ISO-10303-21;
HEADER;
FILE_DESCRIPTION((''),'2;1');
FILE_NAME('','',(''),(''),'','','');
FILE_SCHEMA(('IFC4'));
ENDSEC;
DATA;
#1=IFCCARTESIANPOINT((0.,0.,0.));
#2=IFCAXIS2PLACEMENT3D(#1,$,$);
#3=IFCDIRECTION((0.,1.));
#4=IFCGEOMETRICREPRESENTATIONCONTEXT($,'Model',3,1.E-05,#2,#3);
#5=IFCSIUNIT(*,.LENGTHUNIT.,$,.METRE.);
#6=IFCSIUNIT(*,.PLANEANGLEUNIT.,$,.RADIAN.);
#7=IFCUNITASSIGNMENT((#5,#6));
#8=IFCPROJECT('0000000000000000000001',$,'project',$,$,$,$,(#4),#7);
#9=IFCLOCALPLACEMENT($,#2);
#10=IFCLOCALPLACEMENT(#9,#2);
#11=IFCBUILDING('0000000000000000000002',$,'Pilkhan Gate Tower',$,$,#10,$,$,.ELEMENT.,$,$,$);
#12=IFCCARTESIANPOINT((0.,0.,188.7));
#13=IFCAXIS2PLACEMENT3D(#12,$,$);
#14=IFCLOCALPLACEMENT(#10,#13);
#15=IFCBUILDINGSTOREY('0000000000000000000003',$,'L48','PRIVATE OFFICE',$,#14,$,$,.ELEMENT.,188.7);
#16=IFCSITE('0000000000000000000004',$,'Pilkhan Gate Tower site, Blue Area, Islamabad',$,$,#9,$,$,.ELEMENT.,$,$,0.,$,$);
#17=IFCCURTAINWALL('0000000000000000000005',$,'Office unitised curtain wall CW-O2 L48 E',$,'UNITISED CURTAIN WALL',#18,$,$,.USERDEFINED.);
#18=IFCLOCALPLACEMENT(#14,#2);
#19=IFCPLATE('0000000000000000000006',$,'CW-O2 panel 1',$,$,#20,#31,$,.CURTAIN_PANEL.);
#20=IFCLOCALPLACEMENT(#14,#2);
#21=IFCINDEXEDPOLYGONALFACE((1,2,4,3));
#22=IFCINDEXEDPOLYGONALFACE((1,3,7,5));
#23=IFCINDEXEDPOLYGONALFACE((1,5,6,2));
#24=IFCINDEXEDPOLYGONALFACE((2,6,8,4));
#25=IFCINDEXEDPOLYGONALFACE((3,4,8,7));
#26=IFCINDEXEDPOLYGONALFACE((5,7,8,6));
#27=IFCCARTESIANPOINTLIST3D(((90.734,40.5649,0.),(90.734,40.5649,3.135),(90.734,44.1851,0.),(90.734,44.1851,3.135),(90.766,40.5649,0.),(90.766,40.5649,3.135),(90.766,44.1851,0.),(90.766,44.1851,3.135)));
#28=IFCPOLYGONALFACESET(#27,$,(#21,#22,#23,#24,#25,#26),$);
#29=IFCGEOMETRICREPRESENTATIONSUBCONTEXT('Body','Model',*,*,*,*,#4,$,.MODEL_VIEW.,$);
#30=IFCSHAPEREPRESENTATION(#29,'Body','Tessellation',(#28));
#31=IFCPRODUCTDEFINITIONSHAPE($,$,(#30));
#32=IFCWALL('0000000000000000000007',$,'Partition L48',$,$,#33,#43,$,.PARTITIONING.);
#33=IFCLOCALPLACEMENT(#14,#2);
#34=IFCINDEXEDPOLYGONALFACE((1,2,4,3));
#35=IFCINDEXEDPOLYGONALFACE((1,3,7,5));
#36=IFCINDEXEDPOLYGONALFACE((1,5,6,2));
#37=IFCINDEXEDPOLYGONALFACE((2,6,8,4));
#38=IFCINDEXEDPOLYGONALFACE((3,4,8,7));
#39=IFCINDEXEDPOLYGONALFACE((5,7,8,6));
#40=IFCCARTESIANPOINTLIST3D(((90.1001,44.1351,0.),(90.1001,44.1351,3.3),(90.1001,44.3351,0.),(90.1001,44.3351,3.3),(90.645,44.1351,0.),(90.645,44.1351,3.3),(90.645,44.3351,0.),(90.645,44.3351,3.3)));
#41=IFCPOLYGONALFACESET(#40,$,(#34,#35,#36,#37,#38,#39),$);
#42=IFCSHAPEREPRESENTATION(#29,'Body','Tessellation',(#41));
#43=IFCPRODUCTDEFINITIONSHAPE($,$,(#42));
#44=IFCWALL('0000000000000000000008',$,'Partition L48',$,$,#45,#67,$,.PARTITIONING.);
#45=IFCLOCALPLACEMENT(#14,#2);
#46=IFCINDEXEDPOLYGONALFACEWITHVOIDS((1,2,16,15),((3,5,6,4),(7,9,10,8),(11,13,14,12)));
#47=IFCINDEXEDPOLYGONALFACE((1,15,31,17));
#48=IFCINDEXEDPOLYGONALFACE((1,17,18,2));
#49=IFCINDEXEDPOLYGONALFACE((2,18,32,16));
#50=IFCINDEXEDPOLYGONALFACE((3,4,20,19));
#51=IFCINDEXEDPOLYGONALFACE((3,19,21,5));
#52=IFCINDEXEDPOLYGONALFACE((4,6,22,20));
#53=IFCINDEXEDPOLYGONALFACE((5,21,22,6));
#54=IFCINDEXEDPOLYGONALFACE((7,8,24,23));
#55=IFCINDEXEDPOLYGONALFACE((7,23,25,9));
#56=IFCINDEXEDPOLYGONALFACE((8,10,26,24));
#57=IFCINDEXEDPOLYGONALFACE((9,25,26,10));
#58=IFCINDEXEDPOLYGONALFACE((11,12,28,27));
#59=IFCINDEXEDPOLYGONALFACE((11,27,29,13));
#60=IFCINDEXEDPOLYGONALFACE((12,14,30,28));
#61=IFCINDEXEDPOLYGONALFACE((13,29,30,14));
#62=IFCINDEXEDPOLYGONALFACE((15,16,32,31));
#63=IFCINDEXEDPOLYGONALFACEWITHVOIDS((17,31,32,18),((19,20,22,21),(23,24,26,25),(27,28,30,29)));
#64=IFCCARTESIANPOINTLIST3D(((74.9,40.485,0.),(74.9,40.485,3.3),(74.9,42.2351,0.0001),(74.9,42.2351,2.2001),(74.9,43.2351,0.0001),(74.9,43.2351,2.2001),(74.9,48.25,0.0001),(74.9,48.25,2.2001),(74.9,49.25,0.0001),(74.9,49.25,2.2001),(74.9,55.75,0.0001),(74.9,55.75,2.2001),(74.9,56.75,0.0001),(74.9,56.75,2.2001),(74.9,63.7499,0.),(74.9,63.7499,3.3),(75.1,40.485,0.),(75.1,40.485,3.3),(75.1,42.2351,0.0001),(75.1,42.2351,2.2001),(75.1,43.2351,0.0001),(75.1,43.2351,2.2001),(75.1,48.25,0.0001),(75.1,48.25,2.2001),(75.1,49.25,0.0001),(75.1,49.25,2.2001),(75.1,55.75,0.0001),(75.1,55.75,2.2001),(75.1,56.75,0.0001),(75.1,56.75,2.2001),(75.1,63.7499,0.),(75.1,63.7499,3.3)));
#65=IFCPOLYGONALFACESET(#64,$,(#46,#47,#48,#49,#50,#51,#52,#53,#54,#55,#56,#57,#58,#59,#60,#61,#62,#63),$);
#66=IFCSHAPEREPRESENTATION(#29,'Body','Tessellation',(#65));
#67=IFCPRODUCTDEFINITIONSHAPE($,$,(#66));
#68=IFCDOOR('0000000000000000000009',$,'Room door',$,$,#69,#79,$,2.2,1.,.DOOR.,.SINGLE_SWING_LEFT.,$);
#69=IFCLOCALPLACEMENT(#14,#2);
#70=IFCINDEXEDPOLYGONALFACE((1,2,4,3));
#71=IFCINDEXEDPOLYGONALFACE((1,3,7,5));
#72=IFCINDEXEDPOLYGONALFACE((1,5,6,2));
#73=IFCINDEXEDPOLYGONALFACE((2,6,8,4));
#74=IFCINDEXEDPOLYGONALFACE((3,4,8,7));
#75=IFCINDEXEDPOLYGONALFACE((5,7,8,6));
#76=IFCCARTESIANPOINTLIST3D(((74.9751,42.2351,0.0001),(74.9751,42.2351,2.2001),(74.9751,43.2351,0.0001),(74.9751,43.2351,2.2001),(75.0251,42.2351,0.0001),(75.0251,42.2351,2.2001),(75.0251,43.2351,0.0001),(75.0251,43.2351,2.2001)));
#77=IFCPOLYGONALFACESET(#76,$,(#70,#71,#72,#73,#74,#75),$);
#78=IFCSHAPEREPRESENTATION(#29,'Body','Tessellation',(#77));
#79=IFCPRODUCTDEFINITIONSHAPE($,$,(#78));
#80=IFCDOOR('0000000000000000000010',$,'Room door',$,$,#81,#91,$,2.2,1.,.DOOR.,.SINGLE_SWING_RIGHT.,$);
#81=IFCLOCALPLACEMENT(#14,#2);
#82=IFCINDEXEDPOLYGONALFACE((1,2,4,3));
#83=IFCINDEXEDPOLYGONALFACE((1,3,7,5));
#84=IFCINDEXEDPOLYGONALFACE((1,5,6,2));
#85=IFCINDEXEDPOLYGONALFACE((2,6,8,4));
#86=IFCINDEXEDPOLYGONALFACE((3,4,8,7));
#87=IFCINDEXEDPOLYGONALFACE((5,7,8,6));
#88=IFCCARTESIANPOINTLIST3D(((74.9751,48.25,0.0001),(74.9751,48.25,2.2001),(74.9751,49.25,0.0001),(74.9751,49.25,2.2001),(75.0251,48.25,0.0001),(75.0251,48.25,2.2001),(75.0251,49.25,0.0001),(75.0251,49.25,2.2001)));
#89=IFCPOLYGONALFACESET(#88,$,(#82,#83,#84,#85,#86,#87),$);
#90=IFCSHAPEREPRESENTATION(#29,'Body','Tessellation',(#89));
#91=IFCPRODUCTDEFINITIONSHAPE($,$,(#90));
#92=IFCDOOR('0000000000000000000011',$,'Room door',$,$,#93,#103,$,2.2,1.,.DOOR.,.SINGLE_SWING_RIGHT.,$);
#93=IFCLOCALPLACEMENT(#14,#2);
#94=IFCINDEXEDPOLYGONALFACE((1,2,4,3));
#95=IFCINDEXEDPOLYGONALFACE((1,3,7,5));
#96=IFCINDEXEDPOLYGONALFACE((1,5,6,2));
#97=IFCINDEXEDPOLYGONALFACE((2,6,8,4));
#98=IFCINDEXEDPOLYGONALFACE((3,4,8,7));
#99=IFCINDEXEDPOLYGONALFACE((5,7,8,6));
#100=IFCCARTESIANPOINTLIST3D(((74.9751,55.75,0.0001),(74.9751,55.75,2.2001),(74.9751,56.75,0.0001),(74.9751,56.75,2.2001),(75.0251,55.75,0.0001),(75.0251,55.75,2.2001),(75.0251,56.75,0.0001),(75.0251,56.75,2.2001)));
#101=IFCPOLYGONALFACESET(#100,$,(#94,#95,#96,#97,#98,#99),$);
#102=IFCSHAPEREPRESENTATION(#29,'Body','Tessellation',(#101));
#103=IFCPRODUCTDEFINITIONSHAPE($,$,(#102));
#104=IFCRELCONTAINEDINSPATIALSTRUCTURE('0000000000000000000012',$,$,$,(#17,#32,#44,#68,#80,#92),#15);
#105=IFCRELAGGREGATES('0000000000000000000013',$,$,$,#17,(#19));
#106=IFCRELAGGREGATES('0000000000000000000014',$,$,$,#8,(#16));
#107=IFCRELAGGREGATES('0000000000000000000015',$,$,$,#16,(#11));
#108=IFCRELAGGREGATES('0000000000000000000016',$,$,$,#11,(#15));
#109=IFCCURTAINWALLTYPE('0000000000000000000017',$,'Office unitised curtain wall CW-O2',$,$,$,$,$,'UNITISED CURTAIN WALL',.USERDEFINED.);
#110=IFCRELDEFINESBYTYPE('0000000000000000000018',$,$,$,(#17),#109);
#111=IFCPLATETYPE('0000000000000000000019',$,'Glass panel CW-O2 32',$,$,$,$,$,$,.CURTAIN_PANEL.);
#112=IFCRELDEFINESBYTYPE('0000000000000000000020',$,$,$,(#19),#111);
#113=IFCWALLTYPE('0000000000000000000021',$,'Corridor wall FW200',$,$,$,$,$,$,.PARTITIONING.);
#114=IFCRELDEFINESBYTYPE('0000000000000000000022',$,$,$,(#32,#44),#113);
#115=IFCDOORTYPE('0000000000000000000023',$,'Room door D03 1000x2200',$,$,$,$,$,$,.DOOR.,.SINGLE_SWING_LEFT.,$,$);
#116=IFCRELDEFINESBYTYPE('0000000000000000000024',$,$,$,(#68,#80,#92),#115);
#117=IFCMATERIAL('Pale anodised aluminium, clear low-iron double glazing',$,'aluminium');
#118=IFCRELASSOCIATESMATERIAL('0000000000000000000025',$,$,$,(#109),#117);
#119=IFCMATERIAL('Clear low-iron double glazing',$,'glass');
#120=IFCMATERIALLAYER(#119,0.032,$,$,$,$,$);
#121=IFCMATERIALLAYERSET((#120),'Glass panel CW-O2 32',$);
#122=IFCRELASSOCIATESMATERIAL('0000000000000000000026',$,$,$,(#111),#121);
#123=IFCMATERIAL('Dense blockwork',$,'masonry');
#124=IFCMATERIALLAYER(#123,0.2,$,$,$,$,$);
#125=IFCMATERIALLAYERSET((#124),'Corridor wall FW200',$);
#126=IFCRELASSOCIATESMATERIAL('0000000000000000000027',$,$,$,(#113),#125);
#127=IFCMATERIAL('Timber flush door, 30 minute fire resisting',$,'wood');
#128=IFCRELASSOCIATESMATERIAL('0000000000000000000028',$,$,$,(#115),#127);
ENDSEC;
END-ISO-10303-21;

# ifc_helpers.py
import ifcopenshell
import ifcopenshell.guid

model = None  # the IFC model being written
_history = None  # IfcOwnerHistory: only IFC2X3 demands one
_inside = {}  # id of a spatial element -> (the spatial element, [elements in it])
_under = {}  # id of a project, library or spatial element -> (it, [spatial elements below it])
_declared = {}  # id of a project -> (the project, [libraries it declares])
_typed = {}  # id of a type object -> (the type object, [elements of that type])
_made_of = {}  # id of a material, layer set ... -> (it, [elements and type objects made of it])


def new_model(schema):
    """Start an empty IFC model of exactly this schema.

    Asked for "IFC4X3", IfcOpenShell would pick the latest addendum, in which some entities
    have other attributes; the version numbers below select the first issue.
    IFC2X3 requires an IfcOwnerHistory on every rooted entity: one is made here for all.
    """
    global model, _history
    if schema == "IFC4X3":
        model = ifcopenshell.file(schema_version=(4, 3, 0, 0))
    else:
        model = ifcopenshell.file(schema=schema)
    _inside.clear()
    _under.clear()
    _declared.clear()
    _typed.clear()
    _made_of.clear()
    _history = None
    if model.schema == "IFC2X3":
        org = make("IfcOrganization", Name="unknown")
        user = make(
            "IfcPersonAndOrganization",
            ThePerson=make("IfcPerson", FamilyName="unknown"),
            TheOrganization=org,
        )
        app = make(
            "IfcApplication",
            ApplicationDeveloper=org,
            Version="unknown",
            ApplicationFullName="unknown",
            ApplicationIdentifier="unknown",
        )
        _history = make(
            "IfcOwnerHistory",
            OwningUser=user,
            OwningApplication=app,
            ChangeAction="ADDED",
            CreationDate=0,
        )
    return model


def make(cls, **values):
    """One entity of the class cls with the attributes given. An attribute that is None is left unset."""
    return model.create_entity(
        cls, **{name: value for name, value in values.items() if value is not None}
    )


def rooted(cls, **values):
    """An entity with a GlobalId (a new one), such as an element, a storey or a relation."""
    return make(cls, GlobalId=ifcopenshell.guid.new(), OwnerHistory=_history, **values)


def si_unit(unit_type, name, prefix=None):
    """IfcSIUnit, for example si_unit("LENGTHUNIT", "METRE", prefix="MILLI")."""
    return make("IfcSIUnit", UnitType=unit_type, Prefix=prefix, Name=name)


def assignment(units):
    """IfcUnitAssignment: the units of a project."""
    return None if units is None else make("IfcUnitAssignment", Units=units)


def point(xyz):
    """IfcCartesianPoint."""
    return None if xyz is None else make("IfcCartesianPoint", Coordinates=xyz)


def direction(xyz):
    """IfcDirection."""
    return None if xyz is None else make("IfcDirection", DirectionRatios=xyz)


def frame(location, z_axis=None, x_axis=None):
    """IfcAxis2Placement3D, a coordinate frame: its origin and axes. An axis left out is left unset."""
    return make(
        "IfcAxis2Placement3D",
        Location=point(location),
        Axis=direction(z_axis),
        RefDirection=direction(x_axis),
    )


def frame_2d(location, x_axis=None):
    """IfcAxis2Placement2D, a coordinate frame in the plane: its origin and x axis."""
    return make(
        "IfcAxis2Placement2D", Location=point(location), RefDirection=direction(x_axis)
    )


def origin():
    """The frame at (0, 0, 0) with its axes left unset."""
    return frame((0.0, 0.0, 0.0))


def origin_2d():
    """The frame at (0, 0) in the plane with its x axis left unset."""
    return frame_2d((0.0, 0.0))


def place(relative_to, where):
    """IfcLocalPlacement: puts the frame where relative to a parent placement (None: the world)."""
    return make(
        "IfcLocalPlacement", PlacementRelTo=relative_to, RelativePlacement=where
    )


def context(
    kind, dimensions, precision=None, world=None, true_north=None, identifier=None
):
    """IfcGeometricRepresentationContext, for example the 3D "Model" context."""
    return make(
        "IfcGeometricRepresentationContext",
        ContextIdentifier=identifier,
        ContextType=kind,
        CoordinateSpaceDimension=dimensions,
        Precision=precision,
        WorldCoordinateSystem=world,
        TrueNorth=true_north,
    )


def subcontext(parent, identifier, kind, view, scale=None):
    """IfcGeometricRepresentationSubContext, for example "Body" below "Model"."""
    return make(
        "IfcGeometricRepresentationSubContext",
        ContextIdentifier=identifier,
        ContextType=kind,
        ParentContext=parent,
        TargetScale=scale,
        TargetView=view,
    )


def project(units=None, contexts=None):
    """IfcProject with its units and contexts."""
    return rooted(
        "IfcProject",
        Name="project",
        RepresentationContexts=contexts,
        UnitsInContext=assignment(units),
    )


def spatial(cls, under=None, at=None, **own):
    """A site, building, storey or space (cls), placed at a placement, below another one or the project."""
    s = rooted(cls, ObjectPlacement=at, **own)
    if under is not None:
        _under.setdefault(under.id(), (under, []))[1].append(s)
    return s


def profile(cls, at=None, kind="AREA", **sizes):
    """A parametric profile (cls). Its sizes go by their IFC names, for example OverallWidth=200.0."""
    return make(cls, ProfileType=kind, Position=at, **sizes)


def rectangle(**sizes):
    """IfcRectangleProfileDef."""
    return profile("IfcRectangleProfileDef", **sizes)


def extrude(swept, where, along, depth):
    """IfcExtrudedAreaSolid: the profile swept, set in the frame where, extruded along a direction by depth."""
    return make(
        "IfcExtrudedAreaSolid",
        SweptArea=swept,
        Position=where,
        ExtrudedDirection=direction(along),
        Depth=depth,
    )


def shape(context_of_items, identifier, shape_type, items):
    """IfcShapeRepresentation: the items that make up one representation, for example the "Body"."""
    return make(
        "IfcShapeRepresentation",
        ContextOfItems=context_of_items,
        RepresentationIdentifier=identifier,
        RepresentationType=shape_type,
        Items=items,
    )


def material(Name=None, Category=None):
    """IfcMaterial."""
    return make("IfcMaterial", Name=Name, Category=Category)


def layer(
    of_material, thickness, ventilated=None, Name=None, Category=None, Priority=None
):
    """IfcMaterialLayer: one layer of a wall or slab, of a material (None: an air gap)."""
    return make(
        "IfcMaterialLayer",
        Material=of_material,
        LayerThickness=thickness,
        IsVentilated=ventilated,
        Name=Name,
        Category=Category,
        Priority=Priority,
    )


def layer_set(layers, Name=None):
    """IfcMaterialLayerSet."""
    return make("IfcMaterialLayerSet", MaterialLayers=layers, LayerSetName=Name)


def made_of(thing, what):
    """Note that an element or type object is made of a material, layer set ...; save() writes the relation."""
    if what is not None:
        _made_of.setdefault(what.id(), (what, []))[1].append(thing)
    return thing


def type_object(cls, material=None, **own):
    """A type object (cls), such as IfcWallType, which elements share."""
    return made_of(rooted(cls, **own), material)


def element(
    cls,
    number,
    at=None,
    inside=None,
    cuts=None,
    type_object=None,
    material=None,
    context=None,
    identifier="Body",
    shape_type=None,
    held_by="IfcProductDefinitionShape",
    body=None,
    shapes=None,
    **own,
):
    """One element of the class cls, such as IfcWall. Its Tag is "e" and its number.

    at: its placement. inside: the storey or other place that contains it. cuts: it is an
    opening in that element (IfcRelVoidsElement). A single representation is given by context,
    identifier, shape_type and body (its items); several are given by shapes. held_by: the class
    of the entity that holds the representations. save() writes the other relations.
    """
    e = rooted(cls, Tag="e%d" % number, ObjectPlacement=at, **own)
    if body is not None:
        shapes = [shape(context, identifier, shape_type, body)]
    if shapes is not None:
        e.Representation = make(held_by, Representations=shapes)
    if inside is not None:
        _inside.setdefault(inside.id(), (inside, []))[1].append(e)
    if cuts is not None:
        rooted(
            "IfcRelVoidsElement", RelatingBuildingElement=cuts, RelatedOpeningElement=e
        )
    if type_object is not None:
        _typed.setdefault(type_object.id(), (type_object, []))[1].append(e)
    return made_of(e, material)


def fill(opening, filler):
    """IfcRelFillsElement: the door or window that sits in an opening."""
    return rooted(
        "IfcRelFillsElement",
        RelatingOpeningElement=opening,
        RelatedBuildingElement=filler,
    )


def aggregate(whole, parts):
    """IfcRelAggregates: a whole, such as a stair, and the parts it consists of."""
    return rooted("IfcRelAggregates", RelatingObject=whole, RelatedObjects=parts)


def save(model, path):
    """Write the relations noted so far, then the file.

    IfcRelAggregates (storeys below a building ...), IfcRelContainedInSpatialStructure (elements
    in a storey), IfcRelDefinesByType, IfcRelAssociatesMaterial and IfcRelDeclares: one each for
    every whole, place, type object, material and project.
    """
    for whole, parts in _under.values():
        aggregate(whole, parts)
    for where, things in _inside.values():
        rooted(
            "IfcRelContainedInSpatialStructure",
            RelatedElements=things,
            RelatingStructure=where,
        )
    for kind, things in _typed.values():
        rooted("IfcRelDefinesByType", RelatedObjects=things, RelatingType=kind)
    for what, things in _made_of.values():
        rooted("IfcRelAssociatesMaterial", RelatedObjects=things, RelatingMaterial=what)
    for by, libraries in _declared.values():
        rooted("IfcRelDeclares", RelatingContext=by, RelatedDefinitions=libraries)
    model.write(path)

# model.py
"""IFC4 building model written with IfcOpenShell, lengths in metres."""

from ifc_helpers import new_model, si_unit, direction, frame, frame_2d, origin, origin_2d, place, context, subcontext, project, spatial, rectangle, extrude, material, layer, layer_set, type_object, element, fill, aggregate, save


model = new_model("IFC4")

# Units and contexts
model_context = context("Model", 3, precision=1e-05, world=origin(), true_north=direction((0.0, 1.0)))
body_context = subcontext(model_context, "Body", "Model", "MODEL_VIEW")
ifc_project = project(units=[si_unit("LENGTHUNIT", "METRE"), si_unit("PLANEANGLEUNIT", "RADIAN")], contexts=[model_context])

# Site, building, storey
site_placement = place(None, origin())
site = spatial("IfcSite", under=ifc_project, at=site_placement, Name="Pilkhan Gate Tower site, Blue Area, Islamabad", CompositionType="ELEMENT", RefElevation=0.0)
building_placement = place(site_placement, origin())
building = spatial("IfcBuilding", under=site, at=building_placement, Name="Pilkhan Gate Tower", CompositionType="ELEMENT")
storey_placement = place(building_placement, frame((0.0, 0.0, 188.7)))
storey = spatial("IfcBuildingStorey", under=building, at=storey_placement, Name="L48", Description="PRIVATE OFFICE", CompositionType="ELEMENT", Elevation=188.7)

# Curtain wall
ifc_material_1 = material(Name="Pale anodised aluminium, clear low-iron double glazing", Category="aluminium")
curtain_wall_type = type_object("IfcCurtainWallType", Name="Office unitised curtain wall CW-O2", ElementType="UNITISED CURTAIN WALL", PredefinedType="USERDEFINED", material=ifc_material_1)
curtain_wall_1_placement = place(storey_placement, origin())
curtain_wall_1 = element("IfcCurtainWall", 1, at=curtain_wall_1_placement, inside=storey, type_object=curtain_wall_type, Name="Office unitised curtain wall CW-O2 L48 E", ObjectType="UNITISED CURTAIN WALL", PredefinedType="USERDEFINED")

# Plate
ifc_material_2 = material(Name="Clear low-iron double glazing", Category="glass")
ifc_layer_1 = layer(ifc_material_2, 0.032)
ifc_layer_set_1 = layer_set([ifc_layer_1], Name="Glass panel CW-O2 32")
plate_type = type_object("IfcPlateType", Name="Glass panel CW-O2 32", PredefinedType="CURTAIN_PANEL", material=ifc_layer_set_1)
plate_1_placement = place(storey_placement, frame((90.75, 42.375, 0.0), z_axis=(0.0, 0.0, 1.0), x_axis=(0.0, 1.0, 0.0)))
plate_1 = element("IfcPlate", 2, at=plate_1_placement, type_object=plate_type, Name="CW-O2 panel 1", PredefinedType="CURTAIN_PANEL", context=body_context, shape_type="SweptSolid", body=[
    extrude(rectangle(XDim=3.6201, YDim=0.032, at=origin_2d()), origin(), (0.0, 0.0, 1.0), 3.135),
])
aggregate(curtain_wall_1, [plate_1])

# Wall
ifc_material_3 = material(Name="Dense blockwork", Category="masonry")
ifc_layer_2 = layer(ifc_material_3, 0.2)
ifc_layer_set_2 = layer_set([ifc_layer_2], Name="Corridor wall FW200")
wall_type_1 = type_object("IfcWallType", Name="Corridor wall FW200", PredefinedType="PARTITIONING", material=ifc_layer_set_2)
wall_1_placement = place(storey_placement, frame((90.1001, 44.2351, 0.0), z_axis=(0.0, 0.0, 1.0), x_axis=(1.0, 0.0, 0.0)))
element("IfcWall", 3, at=wall_1_placement, inside=storey, type_object=wall_type_1, Name="Partition L48", PredefinedType="PARTITIONING", context=body_context, shape_type="SweptSolid", body=[
    extrude(rectangle(XDim=0.5449, YDim=0.2, at=frame_2d((0.2725, 0.0))), origin(), (0.0, 0.0, 1.0), 3.3),
])

# Wall, openings, doors
wall_2_placement = place(storey_placement, frame((75.0, 40.4851, 0.0), z_axis=(0.0, 0.0, 1.0), x_axis=(0.0, 1.0, 0.0)))
wall_2 = element("IfcWall", 4, at=wall_2_placement, inside=storey, type_object=wall_type_1, Name="Partition L48", PredefinedType="PARTITIONING", context=body_context, shape_type="SweptSolid", body=[
    extrude(rectangle(XDim=23.2649, YDim=0.2, at=frame_2d((11.6323, 0.0))), origin(), (0.0, 0.0, 1.0), 3.3),
])
opening_1_placement = place(wall_2_placement, frame((1.75, 0.0, 0.0)))
opening_1 = element("IfcOpeningElement", 5, at=opening_1_placement, cuts=wall_2, PredefinedType="OPENING", context=body_context, shape_type="SweptSolid", body=[
    extrude(rectangle(XDim=1.0, YDim=2.2, at=frame_2d((0.5, 1.1001))), frame((0.0, 0.1099, 0.0), z_axis=(0.0, -1.0, 0.0), x_axis=(1.0, 0.0, 0.0)), (0.0, 0.0, 1.0), 0.22),
])
opening_2_placement = place(wall_2_placement, frame((7.7649, 0.0, 0.0)))
opening_2 = element("IfcOpeningElement", 6, at=opening_2_placement, cuts=wall_2, PredefinedType="OPENING", context=body_context, shape_type="SweptSolid", body=[
    extrude(rectangle(XDim=1.0, YDim=2.2, at=frame_2d((0.5, 1.1001))), frame((0.0, 0.1099, 0.0), z_axis=(0.0, -1.0, 0.0), x_axis=(1.0, 0.0, 0.0)), (0.0, 0.0, 1.0), 0.22),
])
opening_3_placement = place(wall_2_placement, frame((15.2649, 0.0, 0.0)))
opening_3 = element("IfcOpeningElement", 7, at=opening_3_placement, cuts=wall_2, PredefinedType="OPENING", context=body_context, shape_type="SweptSolid", body=[
    extrude(rectangle(XDim=1.0, YDim=2.2, at=frame_2d((0.5, 1.1001))), frame((0.0, 0.1099, 0.0), z_axis=(0.0, -1.0, 0.0), x_axis=(1.0, 0.0, 0.0)), (0.0, 0.0, 1.0), 0.22),
])
ifc_material_4 = material(Name="Timber flush door, 30 minute fire resisting", Category="wood")
door_type_1 = type_object("IfcDoorType", Name="Room door D03 1000x2200", OperationType="SINGLE_SWING_LEFT", PredefinedType="DOOR", material=ifc_material_4)
door_1_placement = place(opening_1_placement, origin())
door_1 = element("IfcDoor", 8, at=door_1_placement, inside=storey, type_object=door_type_1, Name="Room door", OperationType="SINGLE_SWING_LEFT", OverallHeight=2.2, OverallWidth=1.0, PredefinedType="DOOR", context=body_context, shape_type="SweptSolid", body=[
    extrude(rectangle(XDim=1.0, YDim=2.2, at=frame_2d((0.5, 1.1001))), frame((0.0, 0.0249, 0.0), z_axis=(0.0, -1.0, 0.0), x_axis=(1.0, 0.0, 0.0)), (0.0, 0.0, 1.0), 0.05),
])
fill(opening_1, door_1)
door_2_placement = place(opening_2_placement, origin())
door_2 = element("IfcDoor", 9, at=door_2_placement, inside=storey, type_object=door_type_1, Name="Room door", OperationType="SINGLE_SWING_RIGHT", OverallHeight=2.2, OverallWidth=1.0, PredefinedType="DOOR", context=body_context, shape_type="SweptSolid", body=[
    extrude(rectangle(XDim=1.0, YDim=2.2, at=frame_2d((0.5, 1.1001))), frame((0.0, 0.0249, 0.0), z_axis=(0.0, -1.0, 0.0), x_axis=(1.0, 0.0, 0.0)), (0.0, 0.0, 1.0), 0.05),
])
fill(opening_2, door_2)
door_3_placement = place(opening_3_placement, origin())
door_3 = element("IfcDoor", 10, at=door_3_placement, inside=storey, type_object=door_type_1, Name="Room door", OperationType="SINGLE_SWING_RIGHT", OverallHeight=2.2, OverallWidth=1.0, PredefinedType="DOOR", context=body_context, shape_type="SweptSolid", body=[
    extrude(rectangle(XDim=1.0, YDim=2.2, at=frame_2d((0.5, 1.1001))), frame((0.0, 0.0249, 0.0), z_axis=(0.0, -1.0, 0.0), x_axis=(1.0, 0.0, 0.0)), (0.0, 0.0, 1.0), 0.05),
])
fill(opening_3, door_3)

save(model, "model.ifc")
